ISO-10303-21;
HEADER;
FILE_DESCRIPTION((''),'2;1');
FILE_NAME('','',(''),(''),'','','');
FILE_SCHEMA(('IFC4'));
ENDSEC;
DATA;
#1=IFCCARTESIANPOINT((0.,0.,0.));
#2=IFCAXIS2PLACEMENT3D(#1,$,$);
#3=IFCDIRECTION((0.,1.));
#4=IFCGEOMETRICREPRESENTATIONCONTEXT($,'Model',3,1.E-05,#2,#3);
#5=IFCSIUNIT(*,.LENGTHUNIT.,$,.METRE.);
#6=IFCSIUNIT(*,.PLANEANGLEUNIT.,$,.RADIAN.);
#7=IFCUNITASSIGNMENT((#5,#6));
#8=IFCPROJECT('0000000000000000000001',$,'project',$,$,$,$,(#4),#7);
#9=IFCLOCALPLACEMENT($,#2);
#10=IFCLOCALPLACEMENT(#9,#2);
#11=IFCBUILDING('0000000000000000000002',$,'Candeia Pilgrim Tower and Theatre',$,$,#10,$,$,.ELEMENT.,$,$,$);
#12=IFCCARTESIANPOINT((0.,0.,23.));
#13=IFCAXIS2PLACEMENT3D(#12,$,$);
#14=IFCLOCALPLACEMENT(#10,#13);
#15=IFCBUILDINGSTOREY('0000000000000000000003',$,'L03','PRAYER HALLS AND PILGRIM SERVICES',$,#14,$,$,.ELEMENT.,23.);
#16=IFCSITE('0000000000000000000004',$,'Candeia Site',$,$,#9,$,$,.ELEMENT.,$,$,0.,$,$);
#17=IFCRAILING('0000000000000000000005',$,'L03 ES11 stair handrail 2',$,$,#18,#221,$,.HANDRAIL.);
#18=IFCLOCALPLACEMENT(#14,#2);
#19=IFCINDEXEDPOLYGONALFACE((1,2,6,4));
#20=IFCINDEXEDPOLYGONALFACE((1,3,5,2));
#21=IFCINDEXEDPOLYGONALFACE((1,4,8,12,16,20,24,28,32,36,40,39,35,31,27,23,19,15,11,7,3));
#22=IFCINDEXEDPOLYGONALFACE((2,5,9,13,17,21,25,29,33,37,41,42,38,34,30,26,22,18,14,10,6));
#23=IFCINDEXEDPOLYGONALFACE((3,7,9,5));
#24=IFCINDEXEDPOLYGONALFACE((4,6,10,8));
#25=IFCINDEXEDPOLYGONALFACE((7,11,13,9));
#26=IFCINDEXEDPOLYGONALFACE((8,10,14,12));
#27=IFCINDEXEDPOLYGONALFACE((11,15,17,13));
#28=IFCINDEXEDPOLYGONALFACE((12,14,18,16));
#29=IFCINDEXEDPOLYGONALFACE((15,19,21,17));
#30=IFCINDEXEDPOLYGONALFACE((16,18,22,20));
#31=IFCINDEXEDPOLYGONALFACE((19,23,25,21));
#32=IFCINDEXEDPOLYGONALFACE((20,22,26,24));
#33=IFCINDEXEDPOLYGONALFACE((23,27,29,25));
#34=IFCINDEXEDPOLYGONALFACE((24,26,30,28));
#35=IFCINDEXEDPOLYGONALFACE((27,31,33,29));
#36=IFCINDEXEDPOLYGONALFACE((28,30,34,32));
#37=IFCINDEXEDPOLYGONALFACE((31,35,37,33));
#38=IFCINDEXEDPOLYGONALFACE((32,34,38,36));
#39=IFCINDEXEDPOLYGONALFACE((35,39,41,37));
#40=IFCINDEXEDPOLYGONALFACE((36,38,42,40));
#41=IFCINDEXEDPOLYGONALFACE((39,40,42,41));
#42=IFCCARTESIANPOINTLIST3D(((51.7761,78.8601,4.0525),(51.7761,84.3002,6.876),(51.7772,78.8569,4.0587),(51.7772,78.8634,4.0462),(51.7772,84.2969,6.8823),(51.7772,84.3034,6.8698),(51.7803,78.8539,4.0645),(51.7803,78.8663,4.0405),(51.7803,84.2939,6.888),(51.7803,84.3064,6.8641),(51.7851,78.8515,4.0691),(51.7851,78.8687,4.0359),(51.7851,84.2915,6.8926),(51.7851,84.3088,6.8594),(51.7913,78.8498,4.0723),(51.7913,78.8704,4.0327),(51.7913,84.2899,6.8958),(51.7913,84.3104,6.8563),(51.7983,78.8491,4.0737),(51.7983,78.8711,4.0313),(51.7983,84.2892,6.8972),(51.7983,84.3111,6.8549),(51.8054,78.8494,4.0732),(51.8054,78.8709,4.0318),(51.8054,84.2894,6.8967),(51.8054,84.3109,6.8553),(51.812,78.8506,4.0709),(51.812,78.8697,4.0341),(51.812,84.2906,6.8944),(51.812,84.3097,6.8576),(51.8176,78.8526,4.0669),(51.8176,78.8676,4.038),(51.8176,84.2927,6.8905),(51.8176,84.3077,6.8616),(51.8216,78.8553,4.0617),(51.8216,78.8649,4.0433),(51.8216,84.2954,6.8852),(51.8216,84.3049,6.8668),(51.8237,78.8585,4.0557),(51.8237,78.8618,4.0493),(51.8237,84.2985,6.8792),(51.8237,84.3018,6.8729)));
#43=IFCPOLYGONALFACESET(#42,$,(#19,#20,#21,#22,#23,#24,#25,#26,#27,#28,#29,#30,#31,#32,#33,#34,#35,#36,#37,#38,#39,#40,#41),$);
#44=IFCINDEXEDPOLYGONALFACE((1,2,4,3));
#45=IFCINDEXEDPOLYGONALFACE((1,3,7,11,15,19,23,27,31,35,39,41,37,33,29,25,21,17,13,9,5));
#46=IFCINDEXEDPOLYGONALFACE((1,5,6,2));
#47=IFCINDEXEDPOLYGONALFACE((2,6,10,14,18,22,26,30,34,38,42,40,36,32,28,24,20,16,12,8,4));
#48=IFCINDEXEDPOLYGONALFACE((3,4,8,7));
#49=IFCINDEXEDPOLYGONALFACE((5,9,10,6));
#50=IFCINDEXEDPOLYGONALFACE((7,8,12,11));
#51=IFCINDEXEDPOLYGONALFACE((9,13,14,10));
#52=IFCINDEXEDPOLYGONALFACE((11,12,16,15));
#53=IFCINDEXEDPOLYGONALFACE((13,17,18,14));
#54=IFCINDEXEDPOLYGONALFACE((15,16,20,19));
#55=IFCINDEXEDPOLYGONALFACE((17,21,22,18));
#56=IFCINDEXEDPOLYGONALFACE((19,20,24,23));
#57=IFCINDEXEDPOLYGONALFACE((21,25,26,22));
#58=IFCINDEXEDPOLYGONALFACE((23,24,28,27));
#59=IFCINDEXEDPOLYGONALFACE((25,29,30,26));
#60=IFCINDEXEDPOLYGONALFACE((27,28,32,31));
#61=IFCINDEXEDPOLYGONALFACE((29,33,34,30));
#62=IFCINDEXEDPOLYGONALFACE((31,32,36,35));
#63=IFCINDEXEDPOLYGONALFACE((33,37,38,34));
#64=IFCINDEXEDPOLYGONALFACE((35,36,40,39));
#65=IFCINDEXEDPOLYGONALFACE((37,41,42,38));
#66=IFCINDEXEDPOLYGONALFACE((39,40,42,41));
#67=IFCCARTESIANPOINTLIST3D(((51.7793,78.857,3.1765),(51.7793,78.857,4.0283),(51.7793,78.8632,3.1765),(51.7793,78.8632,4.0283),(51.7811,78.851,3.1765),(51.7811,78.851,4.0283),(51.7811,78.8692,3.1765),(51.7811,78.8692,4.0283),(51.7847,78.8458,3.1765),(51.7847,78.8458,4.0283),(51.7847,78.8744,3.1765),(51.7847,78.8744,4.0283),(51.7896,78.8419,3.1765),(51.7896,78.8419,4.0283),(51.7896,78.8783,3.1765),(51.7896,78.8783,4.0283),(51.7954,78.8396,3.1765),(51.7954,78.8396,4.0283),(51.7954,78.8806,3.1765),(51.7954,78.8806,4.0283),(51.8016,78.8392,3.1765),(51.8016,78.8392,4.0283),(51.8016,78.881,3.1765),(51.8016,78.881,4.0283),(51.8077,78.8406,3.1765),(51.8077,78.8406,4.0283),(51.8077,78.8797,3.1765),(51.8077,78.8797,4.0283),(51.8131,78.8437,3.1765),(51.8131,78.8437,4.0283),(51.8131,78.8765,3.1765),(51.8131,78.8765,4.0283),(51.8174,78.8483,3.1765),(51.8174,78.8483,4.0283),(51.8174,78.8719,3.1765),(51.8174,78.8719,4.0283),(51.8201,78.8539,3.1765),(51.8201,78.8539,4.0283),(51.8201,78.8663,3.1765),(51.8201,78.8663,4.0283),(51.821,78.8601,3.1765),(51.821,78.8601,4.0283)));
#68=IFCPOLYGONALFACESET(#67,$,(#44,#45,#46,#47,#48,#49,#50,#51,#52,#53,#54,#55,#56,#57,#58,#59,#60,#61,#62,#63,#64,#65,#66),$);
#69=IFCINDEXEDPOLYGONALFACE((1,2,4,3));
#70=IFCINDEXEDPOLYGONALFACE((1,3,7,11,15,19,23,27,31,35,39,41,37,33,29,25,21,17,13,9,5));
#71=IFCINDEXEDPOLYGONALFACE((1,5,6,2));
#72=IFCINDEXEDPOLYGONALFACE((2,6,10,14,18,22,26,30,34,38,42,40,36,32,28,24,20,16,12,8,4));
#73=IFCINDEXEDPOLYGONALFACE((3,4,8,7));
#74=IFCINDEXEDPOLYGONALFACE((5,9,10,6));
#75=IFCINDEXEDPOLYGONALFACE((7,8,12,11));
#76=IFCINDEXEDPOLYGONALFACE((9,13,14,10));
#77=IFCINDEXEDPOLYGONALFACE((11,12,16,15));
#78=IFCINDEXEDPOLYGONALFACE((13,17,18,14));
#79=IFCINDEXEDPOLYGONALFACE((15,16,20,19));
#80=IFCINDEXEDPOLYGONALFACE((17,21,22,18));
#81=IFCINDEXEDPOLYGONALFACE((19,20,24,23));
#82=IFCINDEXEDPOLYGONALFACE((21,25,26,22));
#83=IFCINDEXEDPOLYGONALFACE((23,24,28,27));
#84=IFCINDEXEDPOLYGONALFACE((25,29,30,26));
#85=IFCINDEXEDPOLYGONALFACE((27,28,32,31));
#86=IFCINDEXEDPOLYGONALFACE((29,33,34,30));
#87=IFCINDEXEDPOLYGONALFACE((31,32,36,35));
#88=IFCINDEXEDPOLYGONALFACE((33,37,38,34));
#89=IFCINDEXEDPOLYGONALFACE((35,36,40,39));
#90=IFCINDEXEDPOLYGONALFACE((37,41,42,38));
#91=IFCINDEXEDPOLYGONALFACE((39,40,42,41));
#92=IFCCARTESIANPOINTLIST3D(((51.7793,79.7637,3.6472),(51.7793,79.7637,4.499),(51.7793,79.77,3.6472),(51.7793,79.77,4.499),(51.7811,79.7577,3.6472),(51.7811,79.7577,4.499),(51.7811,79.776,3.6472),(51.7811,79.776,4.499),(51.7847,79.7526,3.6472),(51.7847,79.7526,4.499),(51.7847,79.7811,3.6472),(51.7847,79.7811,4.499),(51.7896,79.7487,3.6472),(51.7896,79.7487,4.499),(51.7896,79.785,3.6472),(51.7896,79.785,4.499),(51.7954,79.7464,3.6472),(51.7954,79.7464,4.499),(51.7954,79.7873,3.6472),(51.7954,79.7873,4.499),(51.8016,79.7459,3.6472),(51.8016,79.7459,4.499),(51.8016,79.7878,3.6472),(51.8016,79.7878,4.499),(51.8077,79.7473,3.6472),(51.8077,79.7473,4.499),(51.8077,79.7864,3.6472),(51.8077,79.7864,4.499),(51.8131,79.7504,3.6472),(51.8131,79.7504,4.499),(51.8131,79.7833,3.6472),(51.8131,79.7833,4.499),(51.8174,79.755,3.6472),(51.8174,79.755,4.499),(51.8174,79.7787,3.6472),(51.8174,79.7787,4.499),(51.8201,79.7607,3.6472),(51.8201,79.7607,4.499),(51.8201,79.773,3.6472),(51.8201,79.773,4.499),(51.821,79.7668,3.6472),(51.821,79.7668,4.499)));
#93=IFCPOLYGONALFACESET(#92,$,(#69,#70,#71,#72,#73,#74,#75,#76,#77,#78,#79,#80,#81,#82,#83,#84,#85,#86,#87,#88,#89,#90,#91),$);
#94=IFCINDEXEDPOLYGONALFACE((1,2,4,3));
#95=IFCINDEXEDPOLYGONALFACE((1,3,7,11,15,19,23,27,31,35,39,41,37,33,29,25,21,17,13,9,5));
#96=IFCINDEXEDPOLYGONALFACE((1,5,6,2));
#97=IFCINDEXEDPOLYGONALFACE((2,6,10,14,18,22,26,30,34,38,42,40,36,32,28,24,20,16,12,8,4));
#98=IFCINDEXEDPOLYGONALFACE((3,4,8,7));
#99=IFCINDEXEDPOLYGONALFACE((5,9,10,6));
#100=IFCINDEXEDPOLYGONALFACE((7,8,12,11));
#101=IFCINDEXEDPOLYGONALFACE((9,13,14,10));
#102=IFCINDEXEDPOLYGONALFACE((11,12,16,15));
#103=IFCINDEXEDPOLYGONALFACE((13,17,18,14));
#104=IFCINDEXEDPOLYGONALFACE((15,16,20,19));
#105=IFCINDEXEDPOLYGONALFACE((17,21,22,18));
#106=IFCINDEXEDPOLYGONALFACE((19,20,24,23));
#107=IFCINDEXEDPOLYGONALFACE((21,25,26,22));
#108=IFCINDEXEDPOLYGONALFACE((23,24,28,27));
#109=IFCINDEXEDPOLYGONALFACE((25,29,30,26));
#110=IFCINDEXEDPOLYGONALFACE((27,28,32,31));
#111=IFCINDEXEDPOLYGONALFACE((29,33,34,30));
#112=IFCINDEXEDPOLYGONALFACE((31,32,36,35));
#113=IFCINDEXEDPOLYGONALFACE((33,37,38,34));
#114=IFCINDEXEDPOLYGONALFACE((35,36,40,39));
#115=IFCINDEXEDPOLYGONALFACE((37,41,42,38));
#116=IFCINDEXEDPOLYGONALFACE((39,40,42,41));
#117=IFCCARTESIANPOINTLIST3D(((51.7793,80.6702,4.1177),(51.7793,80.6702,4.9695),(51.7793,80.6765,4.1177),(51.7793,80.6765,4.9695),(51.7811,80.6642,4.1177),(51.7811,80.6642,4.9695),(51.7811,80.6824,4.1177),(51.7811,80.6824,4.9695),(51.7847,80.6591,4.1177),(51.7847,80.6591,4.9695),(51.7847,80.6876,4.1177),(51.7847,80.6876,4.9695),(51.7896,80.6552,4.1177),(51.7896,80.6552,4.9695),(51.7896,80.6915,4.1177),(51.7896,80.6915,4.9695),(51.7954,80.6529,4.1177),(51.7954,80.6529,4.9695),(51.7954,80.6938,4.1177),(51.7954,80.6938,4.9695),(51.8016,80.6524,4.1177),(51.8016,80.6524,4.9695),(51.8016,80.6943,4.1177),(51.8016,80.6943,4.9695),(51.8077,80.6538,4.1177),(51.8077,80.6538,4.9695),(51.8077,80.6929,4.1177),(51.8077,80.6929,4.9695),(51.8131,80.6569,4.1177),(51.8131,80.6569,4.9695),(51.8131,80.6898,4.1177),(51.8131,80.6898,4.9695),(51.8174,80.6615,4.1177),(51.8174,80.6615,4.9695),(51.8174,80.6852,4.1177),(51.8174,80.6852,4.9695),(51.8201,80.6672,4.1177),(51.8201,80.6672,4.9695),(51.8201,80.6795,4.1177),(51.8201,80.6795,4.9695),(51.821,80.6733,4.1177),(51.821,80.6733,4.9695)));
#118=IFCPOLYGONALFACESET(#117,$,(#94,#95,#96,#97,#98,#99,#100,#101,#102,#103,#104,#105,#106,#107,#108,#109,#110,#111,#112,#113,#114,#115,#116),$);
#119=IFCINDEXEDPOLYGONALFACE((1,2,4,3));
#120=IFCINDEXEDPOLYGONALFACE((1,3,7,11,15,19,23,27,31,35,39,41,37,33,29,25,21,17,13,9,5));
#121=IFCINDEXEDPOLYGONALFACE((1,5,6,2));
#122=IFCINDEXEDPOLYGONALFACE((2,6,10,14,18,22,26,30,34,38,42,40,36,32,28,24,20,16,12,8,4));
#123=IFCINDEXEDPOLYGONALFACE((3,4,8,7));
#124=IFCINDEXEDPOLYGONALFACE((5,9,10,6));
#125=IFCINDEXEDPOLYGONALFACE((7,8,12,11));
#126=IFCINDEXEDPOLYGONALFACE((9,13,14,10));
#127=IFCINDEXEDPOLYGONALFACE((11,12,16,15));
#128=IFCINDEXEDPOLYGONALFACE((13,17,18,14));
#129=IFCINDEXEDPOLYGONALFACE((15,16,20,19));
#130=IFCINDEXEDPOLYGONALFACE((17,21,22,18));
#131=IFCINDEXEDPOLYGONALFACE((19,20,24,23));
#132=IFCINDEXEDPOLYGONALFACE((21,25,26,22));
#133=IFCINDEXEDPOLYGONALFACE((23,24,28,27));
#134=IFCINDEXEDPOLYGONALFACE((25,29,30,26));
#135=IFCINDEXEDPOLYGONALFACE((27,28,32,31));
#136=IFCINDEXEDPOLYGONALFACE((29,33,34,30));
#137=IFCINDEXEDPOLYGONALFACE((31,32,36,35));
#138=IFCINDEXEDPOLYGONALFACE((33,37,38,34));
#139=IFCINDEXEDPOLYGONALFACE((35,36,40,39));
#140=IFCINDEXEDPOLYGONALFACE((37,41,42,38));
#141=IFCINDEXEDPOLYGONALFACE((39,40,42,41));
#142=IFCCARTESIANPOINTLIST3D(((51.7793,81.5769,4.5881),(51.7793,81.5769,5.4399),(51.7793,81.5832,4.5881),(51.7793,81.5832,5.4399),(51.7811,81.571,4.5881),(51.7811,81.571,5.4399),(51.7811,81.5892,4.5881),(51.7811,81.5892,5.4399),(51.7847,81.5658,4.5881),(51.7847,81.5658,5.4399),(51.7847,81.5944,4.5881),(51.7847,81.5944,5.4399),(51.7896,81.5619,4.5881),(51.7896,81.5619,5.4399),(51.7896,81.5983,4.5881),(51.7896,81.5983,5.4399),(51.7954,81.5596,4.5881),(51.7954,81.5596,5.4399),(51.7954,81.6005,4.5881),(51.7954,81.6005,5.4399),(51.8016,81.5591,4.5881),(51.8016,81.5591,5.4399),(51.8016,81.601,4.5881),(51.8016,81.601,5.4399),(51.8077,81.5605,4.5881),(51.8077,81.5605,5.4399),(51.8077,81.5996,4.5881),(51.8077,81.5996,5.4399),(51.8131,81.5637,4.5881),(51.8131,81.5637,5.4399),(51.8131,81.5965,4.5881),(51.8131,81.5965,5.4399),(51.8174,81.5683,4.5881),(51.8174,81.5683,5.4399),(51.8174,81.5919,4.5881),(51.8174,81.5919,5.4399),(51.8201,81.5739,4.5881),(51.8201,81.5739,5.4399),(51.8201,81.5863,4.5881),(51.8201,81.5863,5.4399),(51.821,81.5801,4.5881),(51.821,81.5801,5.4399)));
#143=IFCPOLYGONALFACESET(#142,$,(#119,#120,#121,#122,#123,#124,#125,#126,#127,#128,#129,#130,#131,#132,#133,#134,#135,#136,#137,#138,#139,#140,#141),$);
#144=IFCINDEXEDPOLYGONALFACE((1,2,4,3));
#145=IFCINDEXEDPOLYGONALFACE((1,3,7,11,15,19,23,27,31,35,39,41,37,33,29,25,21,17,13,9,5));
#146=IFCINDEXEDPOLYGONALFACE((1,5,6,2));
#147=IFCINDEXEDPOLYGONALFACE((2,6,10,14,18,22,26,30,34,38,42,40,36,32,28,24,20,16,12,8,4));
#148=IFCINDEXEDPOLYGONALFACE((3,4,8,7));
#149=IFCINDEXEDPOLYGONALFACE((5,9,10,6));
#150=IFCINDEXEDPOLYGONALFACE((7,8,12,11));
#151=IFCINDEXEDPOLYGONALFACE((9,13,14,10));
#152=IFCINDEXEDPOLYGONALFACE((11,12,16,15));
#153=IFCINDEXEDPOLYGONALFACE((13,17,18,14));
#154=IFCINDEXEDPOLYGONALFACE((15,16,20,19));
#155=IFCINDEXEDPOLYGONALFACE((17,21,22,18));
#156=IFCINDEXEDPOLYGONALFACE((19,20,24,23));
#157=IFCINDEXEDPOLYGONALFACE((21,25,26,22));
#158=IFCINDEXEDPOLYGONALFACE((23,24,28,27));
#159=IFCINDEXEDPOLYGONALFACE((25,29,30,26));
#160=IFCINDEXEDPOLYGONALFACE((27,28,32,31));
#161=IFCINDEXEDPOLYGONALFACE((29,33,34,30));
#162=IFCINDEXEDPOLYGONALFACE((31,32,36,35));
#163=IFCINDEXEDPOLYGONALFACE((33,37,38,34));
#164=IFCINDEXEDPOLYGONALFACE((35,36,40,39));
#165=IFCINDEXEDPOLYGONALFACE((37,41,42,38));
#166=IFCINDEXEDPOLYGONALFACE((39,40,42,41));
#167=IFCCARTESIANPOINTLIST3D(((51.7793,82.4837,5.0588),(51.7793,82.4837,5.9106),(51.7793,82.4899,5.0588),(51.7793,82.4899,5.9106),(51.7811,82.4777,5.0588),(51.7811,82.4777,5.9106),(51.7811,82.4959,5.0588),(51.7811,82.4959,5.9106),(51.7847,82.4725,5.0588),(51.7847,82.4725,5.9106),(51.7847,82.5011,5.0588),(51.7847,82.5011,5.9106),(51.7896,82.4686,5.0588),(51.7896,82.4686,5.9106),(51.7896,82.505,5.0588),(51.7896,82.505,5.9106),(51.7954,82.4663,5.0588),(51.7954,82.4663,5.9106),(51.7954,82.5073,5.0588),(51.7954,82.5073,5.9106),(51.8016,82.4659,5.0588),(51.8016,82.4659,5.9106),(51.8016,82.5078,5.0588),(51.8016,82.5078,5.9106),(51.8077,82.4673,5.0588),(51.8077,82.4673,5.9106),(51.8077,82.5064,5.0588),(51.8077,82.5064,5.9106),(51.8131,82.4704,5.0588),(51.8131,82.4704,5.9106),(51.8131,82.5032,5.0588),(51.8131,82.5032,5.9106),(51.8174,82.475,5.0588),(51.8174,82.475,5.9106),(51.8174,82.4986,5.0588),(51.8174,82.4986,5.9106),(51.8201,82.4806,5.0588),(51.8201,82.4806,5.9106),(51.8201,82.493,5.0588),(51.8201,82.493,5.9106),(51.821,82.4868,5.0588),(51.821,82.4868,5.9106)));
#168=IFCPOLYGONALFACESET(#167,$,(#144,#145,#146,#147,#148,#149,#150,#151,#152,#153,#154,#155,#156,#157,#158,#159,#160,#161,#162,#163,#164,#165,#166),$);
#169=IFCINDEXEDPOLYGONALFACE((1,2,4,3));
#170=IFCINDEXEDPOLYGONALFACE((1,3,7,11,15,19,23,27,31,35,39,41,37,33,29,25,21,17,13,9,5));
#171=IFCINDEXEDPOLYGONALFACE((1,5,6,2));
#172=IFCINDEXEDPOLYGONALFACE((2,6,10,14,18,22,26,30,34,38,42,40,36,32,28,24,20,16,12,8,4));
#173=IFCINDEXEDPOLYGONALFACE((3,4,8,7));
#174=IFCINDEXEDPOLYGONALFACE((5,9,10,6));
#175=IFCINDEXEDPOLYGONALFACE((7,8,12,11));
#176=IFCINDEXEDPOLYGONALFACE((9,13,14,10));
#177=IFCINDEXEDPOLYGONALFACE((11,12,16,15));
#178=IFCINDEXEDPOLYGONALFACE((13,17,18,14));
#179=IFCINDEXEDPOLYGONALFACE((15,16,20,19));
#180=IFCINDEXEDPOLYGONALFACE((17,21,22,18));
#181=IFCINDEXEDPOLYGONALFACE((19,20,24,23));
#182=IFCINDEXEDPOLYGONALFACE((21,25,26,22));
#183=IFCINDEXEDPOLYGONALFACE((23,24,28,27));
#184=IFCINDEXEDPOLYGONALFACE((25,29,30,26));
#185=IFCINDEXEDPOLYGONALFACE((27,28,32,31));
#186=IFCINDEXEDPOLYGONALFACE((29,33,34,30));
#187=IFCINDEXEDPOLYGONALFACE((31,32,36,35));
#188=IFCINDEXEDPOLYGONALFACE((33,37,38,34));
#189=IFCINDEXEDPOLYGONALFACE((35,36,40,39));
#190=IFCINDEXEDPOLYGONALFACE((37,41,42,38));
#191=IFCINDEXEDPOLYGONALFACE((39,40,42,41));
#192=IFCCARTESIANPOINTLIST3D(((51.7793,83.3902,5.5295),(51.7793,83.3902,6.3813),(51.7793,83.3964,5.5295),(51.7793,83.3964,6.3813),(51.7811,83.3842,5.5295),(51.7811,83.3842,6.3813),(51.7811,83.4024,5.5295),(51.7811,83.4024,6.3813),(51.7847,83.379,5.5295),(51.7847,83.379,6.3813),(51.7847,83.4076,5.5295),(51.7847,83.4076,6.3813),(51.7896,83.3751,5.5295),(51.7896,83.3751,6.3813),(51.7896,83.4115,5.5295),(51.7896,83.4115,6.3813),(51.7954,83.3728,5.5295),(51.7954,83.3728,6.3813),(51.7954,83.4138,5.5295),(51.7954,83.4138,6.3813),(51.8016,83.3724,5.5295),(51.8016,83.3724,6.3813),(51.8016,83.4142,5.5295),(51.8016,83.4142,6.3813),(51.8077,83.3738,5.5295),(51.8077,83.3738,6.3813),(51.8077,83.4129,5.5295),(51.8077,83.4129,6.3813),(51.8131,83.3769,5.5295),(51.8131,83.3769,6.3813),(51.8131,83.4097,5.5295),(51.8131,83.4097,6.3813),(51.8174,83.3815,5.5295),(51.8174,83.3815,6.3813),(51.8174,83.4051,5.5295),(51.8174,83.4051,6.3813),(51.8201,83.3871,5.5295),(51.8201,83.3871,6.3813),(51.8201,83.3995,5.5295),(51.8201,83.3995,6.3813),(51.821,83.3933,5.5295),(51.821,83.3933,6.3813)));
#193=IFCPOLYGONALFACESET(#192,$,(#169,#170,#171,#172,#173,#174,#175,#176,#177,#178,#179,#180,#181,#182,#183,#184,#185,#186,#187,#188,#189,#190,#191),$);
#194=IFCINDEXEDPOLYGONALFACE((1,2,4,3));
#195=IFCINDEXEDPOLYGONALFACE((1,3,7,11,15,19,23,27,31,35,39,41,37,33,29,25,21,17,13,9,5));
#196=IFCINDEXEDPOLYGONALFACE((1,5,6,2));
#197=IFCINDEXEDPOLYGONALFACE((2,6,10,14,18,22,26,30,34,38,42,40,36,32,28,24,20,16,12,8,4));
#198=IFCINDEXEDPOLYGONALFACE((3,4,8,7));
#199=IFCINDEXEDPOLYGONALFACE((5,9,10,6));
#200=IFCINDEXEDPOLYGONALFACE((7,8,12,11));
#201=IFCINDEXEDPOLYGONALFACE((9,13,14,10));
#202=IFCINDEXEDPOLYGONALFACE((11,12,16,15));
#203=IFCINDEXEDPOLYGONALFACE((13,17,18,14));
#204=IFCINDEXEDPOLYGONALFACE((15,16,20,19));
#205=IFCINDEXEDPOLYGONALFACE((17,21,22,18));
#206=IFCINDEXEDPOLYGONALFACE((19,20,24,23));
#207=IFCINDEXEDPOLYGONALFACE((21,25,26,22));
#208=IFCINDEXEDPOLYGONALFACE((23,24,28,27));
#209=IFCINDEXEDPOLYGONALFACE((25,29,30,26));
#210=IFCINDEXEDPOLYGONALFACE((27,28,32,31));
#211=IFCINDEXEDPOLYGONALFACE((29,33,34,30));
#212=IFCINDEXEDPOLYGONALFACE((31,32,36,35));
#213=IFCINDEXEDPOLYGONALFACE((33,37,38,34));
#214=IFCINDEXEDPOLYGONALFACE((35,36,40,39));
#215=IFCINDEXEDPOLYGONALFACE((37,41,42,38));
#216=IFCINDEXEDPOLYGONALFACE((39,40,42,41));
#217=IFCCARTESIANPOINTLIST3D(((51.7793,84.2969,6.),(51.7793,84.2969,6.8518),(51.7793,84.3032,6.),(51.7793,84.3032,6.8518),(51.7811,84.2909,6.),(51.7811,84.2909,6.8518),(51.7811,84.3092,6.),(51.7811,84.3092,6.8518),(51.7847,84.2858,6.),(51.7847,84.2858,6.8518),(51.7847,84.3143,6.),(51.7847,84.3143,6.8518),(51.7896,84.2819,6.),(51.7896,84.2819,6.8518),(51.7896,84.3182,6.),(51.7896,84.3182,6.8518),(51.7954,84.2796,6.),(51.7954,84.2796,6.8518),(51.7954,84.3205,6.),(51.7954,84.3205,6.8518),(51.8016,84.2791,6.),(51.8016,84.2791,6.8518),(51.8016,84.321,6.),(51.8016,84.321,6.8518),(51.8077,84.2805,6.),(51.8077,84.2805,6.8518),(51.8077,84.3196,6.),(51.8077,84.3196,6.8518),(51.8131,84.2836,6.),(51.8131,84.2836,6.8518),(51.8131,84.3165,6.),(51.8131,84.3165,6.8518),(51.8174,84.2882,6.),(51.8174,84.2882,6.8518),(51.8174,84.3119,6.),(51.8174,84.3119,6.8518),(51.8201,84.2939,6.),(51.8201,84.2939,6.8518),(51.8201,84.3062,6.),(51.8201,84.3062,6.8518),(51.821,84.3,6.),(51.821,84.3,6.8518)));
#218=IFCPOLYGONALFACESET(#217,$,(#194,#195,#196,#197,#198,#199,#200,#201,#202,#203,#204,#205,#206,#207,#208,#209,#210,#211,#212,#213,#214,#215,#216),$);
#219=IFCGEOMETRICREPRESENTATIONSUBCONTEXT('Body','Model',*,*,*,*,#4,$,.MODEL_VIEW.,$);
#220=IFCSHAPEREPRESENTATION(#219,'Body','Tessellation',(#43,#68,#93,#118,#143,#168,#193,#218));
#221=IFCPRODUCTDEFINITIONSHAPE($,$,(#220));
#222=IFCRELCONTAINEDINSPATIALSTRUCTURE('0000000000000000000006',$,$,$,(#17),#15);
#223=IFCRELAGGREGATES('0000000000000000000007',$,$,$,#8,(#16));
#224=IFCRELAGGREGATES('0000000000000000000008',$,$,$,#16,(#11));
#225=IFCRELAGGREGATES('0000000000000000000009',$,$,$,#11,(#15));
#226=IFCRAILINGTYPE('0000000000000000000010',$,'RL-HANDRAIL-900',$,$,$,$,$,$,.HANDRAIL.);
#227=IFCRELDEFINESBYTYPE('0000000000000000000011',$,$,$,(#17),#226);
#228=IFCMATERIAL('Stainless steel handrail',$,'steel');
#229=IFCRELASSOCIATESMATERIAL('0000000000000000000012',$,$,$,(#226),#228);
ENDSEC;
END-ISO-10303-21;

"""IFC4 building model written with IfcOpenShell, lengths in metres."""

from ifc_helpers import new_model, si_unit, direction, frame, origin, origin_2d, place, context, subcontext, project, spatial, circle, extrude, material, type_object, element, save


model = new_model("IFC4")

# Units and contexts
model_context = context("Model", 3, precision=1e-05, world=origin(), true_north=direction((0.0, 1.0)))
body_context = subcontext(model_context, "Body", "Model", "MODEL_VIEW")
ifc_project = project(units=[si_unit("LENGTHUNIT", "METRE"), si_unit("PLANEANGLEUNIT", "RADIAN")], contexts=[model_context])

# Site, building, storey
site_placement = place(None, origin())
site = spatial("IfcSite", under=ifc_project, at=site_placement, Name="Candeia Site", CompositionType="ELEMENT", RefElevation=0.0)
building_placement = place(site_placement, origin())
building = spatial("IfcBuilding", under=site, at=building_placement, Name="Candeia Pilgrim Tower and Theatre", CompositionType="ELEMENT")
storey_placement = place(building_placement, frame((0.0, 0.0, 23.0)))
storey = spatial("IfcBuildingStorey", under=building, at=storey_placement, Name="L03", Description="PRAYER HALLS AND PILGRIM SERVICES", CompositionType="ELEMENT", Elevation=23.0)

# Railing
ifc_material_1 = material(Name="Stainless steel handrail", Category="steel")
railing_type_1 = type_object("IfcRailingType", Name="RL-HANDRAIL-900", PredefinedType="HANDRAIL", material=ifc_material_1)
railing_1_placement = place(storey_placement, frame((51.8, 78.8601, 3.1765)))
element("IfcRailing", 1, at=railing_1_placement, inside=storey, type_object=railing_type_1, Name="L03 ES11 stair handrail 2", PredefinedType="HANDRAIL", context=body_context, shape_type="SweptSolid", body=[
    extrude(circle(Radius=0.0239, at=origin_2d()), frame((0.0, 0.0, 0.876), z_axis=(0.0, 0.887569, 0.460674), x_axis=(-1.0, 0.0, 0.0)), (0.0, 0.0, 1.0), 6.1292),
    extrude(circle(Radius=0.021, at=origin_2d()), origin(), (0.0, 0.0, 1.0), 0.8518),
    extrude(circle(Radius=0.021, at=origin_2d()), frame((0.0, 0.9067, 0.4707)), (0.0, 0.0, 1.0), 0.8518),
    extrude(circle(Radius=0.021, at=origin_2d()), frame((0.0, 1.8132, 0.9412)), (0.0, 0.0, 1.0), 0.8518),
    extrude(circle(Radius=0.021, at=origin_2d()), frame((0.0, 2.72, 1.4116)), (0.0, 0.0, 1.0), 0.8518),
    extrude(circle(Radius=0.021, at=origin_2d()), frame((0.0, 3.6267, 1.8823)), (0.0, 0.0, 1.0), 0.8518),
    extrude(circle(Radius=0.021, at=origin_2d()), frame((0.0, 4.5332, 2.353)), (0.0, 0.0, 1.0), 0.8518),
    extrude(circle(Radius=0.021, at=origin_2d()), frame((0.0, 5.4399, 2.8235)), (0.0, 0.0, 1.0), 0.8518),
])

save(model, "model.ifc")
